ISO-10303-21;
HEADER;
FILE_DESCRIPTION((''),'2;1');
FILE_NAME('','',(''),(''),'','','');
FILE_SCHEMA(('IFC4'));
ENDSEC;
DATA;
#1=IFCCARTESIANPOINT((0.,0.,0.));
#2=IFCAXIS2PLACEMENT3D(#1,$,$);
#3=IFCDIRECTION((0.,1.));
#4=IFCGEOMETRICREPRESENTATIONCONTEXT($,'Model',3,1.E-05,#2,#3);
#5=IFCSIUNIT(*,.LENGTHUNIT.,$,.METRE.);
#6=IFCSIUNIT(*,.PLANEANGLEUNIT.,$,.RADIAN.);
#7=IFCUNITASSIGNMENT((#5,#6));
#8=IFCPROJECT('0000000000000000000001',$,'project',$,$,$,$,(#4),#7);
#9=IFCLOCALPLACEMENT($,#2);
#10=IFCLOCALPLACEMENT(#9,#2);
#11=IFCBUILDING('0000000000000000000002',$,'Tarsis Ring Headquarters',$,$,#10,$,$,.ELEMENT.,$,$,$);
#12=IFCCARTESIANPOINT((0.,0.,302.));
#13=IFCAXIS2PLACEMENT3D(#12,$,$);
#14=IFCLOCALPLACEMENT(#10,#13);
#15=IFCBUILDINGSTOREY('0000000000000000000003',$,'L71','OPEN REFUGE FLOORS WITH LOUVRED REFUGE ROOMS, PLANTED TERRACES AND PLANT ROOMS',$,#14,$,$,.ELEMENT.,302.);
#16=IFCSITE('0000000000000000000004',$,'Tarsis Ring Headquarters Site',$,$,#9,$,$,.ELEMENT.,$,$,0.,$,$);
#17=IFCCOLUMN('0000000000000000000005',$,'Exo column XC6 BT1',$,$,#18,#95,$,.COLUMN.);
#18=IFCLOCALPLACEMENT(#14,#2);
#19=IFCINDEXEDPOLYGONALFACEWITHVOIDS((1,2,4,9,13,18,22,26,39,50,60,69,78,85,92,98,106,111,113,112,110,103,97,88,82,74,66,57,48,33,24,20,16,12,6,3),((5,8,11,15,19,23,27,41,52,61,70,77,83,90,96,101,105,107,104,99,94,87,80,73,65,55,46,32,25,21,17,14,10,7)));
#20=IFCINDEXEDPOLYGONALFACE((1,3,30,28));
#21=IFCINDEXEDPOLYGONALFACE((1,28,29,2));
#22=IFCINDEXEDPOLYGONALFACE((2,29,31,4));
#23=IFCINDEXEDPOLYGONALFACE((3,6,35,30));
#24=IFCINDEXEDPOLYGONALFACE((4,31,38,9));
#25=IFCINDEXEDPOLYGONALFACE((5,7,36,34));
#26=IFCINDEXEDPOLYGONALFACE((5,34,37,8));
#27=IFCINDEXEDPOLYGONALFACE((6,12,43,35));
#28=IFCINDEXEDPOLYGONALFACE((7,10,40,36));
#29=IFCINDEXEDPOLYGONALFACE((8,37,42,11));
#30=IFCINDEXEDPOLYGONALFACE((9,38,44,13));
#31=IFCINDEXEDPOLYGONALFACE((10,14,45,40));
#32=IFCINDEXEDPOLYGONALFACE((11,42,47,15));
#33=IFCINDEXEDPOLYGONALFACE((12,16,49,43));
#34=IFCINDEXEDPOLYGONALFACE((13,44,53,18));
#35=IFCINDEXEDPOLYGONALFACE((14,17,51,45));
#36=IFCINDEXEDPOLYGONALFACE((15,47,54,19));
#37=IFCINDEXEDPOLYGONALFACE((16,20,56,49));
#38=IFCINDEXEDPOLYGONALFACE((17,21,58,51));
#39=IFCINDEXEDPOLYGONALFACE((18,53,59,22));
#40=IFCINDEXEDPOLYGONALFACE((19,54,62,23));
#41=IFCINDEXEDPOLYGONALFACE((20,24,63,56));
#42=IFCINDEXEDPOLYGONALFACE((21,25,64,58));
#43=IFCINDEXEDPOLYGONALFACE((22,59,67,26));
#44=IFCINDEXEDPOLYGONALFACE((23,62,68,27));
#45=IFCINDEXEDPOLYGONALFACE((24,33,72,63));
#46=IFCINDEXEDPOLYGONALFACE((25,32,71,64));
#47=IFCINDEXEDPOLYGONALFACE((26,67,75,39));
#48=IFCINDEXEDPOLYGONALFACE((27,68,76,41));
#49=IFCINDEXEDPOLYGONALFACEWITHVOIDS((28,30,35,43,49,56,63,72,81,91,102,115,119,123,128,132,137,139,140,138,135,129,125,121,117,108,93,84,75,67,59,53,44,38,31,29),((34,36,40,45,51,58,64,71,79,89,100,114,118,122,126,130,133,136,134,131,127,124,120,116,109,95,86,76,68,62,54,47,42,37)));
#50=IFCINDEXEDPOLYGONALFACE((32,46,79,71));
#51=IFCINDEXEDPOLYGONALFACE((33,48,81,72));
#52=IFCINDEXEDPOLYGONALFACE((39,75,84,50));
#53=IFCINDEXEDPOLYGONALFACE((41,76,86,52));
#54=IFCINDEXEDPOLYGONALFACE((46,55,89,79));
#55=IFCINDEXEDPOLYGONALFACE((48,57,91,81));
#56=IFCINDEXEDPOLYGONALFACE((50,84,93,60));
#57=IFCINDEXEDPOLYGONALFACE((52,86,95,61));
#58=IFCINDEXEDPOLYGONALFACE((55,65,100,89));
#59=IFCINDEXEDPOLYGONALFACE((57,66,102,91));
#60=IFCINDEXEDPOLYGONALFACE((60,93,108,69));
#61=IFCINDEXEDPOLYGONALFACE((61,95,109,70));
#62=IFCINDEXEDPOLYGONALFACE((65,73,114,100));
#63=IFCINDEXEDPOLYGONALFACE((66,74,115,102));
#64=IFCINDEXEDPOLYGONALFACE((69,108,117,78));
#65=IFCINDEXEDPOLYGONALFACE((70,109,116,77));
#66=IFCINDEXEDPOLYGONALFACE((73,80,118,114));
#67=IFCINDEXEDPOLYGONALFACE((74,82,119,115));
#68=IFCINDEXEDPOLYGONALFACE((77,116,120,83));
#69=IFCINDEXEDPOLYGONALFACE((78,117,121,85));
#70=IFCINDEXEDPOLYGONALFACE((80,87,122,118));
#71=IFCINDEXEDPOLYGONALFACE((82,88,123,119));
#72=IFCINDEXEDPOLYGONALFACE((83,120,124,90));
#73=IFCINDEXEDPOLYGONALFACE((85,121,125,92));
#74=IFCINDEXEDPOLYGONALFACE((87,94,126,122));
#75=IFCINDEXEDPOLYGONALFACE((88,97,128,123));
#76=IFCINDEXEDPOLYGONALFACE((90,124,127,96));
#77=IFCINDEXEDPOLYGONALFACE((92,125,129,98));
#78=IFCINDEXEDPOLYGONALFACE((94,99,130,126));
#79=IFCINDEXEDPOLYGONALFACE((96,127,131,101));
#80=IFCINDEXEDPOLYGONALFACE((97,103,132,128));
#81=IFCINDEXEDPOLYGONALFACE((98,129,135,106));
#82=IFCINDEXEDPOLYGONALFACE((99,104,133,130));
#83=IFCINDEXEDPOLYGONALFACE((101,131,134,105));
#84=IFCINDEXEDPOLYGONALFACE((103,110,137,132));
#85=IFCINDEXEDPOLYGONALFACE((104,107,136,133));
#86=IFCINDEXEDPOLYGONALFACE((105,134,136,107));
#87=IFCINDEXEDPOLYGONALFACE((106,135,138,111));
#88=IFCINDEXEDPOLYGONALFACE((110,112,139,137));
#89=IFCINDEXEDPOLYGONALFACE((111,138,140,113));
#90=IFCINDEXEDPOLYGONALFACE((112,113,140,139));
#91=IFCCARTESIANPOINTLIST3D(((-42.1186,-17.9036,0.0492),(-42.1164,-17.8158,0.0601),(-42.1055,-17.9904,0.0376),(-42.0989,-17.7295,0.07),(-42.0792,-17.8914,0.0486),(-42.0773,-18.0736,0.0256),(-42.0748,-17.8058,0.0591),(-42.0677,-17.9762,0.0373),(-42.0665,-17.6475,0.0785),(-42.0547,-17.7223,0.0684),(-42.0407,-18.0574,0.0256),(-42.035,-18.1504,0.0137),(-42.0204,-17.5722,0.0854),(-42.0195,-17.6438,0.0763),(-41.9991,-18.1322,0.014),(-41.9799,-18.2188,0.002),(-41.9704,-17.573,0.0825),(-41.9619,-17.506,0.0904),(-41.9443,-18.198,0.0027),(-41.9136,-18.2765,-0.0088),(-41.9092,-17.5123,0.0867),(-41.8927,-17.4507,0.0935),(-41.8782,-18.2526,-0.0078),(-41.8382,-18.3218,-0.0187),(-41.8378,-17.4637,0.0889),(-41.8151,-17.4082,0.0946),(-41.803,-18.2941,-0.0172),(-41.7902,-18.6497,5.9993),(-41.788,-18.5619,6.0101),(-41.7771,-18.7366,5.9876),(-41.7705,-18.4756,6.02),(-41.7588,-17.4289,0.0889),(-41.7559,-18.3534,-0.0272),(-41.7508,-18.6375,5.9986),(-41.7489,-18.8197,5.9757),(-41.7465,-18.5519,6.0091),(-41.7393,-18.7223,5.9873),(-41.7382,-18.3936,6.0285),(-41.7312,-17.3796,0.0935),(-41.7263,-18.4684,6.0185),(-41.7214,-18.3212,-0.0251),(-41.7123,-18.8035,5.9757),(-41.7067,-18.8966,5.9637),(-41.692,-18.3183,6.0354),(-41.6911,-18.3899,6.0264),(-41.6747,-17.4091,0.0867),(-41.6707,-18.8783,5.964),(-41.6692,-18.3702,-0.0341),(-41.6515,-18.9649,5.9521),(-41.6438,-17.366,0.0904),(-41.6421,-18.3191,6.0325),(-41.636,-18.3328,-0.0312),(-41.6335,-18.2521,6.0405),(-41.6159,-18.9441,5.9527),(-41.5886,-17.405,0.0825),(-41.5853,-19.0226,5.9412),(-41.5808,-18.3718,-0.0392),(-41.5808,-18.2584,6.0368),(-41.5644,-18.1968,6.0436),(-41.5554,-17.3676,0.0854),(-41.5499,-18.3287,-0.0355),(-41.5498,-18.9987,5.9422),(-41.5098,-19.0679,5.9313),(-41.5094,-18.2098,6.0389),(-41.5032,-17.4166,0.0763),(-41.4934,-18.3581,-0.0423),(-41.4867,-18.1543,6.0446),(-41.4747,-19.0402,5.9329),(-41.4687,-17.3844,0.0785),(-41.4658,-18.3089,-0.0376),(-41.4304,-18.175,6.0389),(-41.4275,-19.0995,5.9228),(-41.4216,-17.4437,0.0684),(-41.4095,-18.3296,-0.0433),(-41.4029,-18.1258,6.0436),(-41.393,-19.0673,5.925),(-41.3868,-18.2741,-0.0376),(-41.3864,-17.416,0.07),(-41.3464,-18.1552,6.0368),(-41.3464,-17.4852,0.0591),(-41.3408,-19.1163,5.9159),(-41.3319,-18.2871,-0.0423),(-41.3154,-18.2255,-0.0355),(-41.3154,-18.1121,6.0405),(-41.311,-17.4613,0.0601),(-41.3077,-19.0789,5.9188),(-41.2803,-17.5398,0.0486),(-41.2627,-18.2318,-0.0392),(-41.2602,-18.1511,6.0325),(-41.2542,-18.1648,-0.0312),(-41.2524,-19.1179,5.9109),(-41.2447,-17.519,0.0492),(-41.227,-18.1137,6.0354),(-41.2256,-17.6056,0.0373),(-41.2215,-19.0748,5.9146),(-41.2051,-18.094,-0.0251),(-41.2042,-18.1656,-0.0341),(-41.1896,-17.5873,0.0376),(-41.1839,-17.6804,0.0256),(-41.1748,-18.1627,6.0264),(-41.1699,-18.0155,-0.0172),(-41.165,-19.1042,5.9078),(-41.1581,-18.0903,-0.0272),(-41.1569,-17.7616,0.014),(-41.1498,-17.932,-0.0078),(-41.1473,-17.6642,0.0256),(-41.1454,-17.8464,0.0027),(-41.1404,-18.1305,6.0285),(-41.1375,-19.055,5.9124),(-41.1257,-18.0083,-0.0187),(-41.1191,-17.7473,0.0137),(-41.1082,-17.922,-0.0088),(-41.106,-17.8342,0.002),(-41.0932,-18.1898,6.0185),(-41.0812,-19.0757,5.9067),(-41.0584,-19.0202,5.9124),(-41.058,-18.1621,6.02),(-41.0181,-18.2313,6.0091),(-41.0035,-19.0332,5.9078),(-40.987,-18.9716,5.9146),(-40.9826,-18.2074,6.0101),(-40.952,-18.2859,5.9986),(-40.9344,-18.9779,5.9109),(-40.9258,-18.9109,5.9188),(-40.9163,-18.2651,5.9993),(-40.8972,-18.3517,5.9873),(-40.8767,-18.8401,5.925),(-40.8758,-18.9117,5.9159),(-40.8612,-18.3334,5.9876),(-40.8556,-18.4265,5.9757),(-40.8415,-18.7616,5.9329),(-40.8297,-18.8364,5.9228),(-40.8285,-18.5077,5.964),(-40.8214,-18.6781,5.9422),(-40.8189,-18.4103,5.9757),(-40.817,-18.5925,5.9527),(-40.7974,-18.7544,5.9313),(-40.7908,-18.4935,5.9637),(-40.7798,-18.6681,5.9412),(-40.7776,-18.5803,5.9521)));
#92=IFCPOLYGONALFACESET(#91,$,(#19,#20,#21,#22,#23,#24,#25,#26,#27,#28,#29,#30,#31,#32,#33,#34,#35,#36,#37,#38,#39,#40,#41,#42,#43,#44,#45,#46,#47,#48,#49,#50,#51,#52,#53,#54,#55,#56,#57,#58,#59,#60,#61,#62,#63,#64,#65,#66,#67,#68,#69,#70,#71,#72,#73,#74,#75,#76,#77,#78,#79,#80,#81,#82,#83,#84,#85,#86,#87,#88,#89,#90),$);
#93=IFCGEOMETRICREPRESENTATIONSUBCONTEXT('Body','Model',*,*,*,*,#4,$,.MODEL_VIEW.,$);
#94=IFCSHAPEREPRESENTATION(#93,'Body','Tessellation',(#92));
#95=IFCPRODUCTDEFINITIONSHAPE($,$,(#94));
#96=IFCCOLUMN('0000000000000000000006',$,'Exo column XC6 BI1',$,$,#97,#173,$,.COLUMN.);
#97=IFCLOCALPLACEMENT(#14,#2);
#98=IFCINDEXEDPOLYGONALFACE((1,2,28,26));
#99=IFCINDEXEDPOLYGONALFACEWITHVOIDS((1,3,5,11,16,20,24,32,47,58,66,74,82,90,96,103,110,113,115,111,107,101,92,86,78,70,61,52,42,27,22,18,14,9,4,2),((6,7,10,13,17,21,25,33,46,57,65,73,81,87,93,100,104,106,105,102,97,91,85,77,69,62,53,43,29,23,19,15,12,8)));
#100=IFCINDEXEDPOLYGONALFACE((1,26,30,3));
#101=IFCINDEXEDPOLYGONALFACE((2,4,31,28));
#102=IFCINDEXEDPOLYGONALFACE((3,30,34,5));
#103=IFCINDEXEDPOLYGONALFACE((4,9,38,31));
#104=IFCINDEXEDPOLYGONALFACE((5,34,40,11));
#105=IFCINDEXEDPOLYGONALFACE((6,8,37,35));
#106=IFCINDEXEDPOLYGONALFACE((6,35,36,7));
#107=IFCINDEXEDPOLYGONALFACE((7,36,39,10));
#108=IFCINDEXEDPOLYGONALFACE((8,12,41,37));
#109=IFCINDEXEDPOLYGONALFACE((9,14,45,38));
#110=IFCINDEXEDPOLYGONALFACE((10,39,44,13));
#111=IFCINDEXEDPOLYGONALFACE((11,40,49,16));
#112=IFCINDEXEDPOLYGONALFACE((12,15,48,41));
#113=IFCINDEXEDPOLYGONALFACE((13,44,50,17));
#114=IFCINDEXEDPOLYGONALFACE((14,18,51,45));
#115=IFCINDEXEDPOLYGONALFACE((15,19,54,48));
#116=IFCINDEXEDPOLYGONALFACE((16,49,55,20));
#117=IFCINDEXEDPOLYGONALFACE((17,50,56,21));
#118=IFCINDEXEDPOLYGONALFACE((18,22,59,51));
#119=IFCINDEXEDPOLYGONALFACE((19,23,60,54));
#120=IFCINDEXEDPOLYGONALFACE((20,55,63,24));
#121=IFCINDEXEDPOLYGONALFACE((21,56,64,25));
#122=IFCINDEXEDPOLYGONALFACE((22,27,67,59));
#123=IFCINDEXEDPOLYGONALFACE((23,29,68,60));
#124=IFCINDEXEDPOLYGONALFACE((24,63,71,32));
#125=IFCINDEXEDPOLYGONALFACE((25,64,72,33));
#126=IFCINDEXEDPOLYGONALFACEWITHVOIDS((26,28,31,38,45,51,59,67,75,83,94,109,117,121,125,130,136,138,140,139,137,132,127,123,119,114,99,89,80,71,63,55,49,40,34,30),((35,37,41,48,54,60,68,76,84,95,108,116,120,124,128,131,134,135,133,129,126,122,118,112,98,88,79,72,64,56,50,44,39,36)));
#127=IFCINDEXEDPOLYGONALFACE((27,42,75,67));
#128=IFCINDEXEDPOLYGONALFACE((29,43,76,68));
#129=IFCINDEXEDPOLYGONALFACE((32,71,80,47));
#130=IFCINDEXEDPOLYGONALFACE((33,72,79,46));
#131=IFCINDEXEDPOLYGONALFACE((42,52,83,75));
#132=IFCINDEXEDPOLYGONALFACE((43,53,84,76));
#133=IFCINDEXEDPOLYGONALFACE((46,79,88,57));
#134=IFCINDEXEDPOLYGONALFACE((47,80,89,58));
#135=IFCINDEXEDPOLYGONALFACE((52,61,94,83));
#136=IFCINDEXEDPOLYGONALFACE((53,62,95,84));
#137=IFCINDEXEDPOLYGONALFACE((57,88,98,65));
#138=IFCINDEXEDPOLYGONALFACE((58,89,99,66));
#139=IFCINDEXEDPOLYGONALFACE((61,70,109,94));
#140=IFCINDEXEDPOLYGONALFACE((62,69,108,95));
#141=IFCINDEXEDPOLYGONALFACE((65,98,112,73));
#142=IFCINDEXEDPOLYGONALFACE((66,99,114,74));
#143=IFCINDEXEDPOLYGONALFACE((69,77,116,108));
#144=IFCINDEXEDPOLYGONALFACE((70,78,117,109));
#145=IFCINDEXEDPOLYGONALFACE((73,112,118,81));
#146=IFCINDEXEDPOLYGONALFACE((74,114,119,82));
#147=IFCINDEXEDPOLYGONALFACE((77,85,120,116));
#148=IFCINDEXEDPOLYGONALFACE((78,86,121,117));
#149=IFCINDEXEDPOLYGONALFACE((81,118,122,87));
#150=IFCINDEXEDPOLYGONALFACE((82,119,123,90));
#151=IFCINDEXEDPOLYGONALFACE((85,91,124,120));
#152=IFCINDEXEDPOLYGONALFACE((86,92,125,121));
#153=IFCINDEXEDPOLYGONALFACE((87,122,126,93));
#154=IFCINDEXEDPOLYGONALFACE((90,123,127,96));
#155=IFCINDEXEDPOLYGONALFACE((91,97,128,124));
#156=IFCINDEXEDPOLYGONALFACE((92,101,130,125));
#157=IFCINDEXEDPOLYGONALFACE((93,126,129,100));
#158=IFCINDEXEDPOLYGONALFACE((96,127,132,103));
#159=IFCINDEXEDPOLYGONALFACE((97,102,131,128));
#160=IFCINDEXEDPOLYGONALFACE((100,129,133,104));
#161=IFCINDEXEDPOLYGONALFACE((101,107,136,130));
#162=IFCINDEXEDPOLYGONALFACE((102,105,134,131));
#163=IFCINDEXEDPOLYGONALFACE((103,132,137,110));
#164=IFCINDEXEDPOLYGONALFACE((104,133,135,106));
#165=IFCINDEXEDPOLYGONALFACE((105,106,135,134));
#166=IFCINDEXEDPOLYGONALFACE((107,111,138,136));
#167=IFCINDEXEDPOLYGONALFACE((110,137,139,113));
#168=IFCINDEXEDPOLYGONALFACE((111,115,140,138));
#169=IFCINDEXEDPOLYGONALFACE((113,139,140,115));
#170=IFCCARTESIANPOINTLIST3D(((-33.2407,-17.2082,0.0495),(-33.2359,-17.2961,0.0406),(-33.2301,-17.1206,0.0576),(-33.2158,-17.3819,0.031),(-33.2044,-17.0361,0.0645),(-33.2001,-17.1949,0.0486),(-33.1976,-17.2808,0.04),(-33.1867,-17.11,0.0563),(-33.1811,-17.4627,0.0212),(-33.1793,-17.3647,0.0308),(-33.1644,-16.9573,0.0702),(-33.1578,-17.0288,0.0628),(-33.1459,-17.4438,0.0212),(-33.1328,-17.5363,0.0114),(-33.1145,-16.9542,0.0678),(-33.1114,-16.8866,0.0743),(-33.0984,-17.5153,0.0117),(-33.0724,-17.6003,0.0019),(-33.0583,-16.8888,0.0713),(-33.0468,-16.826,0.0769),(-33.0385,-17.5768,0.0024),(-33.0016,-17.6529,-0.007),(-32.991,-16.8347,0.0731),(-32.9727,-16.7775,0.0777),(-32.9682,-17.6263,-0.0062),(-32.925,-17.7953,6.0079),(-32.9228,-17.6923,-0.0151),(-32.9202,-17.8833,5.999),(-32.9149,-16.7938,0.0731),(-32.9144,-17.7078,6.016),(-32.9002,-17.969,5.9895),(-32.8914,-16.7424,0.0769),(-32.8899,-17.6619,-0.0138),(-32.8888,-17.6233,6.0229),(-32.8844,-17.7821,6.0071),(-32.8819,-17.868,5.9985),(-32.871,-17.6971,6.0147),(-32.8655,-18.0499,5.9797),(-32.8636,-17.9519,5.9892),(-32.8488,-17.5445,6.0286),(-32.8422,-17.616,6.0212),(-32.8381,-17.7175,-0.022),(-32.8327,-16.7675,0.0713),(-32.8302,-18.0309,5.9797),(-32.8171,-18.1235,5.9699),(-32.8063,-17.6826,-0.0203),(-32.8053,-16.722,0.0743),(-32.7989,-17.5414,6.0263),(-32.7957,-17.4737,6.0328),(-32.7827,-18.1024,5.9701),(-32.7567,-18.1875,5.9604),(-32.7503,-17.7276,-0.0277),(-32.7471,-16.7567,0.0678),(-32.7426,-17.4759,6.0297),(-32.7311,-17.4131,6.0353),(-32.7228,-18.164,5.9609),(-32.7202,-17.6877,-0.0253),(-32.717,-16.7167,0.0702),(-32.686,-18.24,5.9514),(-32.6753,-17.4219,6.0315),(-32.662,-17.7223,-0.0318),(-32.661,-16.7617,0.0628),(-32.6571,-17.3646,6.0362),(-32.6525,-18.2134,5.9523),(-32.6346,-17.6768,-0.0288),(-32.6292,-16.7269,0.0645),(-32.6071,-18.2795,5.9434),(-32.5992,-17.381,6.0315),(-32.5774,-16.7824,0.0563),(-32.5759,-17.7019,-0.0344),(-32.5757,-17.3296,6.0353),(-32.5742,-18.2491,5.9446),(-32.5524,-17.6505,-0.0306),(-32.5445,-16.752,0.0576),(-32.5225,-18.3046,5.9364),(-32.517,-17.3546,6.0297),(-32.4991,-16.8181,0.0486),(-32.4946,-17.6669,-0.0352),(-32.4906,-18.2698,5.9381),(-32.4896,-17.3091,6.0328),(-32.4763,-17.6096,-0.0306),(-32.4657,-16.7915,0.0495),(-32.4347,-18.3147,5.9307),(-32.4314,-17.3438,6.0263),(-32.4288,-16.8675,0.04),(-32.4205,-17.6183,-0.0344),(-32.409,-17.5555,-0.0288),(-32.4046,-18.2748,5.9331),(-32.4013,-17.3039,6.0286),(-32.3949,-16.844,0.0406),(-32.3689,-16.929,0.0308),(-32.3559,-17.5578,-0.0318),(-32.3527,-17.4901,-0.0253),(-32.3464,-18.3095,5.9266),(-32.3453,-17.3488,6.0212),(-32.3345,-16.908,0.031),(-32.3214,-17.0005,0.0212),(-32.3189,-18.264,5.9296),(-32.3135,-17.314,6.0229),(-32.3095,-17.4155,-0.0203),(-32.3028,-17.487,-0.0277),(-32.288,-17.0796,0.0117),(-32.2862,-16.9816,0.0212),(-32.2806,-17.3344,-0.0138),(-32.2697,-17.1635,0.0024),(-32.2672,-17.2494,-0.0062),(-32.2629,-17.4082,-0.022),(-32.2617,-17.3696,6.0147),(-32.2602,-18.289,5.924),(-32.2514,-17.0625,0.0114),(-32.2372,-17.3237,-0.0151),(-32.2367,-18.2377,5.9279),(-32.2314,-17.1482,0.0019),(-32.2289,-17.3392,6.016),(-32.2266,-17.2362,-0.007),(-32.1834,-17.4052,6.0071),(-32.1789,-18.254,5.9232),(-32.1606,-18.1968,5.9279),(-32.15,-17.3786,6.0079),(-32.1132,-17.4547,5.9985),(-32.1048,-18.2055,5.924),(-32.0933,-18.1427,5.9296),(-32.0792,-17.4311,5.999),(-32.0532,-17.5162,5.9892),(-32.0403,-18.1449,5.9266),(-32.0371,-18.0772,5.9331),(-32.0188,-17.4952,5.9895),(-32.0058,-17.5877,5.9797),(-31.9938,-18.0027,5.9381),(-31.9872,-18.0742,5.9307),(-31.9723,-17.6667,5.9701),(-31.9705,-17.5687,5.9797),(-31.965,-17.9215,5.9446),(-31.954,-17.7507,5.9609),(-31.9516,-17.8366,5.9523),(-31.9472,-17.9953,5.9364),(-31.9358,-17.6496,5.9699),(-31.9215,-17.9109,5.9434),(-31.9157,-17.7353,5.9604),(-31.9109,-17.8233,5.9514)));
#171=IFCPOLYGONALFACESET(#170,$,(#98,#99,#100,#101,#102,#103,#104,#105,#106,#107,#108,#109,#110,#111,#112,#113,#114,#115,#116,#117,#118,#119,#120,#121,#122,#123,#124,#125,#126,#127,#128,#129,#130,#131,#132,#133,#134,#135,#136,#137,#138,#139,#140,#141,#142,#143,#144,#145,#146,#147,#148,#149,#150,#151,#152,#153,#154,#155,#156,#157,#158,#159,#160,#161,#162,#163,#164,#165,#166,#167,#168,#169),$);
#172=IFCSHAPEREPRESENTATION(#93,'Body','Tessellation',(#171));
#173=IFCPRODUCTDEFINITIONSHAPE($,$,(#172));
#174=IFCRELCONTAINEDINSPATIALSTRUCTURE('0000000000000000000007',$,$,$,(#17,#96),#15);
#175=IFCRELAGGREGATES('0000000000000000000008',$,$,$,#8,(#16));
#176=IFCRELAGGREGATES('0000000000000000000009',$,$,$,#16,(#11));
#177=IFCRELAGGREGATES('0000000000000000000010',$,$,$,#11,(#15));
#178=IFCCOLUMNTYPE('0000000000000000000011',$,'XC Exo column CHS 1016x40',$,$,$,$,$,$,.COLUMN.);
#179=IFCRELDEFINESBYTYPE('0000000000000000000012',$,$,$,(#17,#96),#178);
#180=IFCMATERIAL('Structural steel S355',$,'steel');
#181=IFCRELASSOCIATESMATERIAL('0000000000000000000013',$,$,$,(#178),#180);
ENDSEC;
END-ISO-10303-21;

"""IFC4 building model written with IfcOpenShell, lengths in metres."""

from ifc_helpers import new_model, si_unit, direction, frame, origin, origin_2d, place, context, subcontext, project, spatial, hollow_circle, extrude, material, material_profile, profile_set, type_object, element, save


model = new_model("IFC4")

# Units and contexts
model_context = context("Model", 3, precision=1e-05, world=origin(), true_north=direction((0.0, 1.0)))
body_context = subcontext(model_context, "Body", "Model", "MODEL_VIEW")
ifc_project = project(units=[si_unit("LENGTHUNIT", "METRE"), si_unit("PLANEANGLEUNIT", "RADIAN")], contexts=[model_context])

# Site, building, storey
site_placement = place(None, origin())
site = spatial("IfcSite", under=ifc_project, at=site_placement, Name="Tarsis Ring Headquarters Site", CompositionType="ELEMENT", RefElevation=0.0)
building_placement = place(site_placement, origin())
building = spatial("IfcBuilding", under=site, at=building_placement, Name="Tarsis Ring Headquarters", CompositionType="ELEMENT")
storey_placement = place(building_placement, frame((0.0, 0.0, 302.0)))
storey = spatial("IfcBuildingStorey", under=building, at=storey_placement, Name="L71", Description="OPEN REFUGE FLOORS WITH LOUVRED REFUGE ROOMS, PLANTED TERRACES AND PLANT ROOMS", CompositionType="ELEMENT", Elevation=302.0)

# Columns
ifc_material_1 = material(Name="Structural steel S355", Category="steel")
ifc_material_profile_1 = material_profile(ifc_material_1, hollow_circle(Radius=0.5081, WallThickness=0.04, at=origin_2d()), Name="CHS 1016x40")
ifc_profile_set_1 = profile_set([ifc_material_profile_1], Name="Structural steel S355")
column_type = type_object("IfcColumnType", Name="XC Exo column CHS 1016x40", PredefinedType="COLUMN", material=ifc_profile_set_1)
column_1_placement = place(storey_placement, frame((-41.6123, -17.8689, 0.0256), z_axis=(0.054678, -0.124234, 0.990745), x_axis=(0.915275, 0.402829, 0.0)))
element("IfcColumn", 1, at=column_1_placement, inside=storey, type_object=column_type, Name="Exo column XC6 BT1", PredefinedType="COLUMN", context=body_context, shape_type="SweptSolid", body=[
    extrude(hollow_circle(Radius=0.5081, WallThickness=0.04, at=origin_2d()), origin(), (0.0, 0.0, 1.0), 6.0056),
])
column_2_placement = place(storey_placement, frame((-32.7336, -17.2222, 0.0212), z_axis=(0.05265, -0.09793, 0.9938), x_axis=(0.880777, 0.473532, 0.0)))
element("IfcColumn", 2, at=column_2_placement, inside=storey, type_object=column_type, Name="Exo column XC6 BI1", PredefinedType="COLUMN", context=body_context, shape_type="SweptSolid", body=[
    extrude(hollow_circle(Radius=0.5081, WallThickness=0.04, at=origin_2d()), origin(), (0.0, 0.0, 1.0), 5.9956),
])

save(model, "model.ifc")
